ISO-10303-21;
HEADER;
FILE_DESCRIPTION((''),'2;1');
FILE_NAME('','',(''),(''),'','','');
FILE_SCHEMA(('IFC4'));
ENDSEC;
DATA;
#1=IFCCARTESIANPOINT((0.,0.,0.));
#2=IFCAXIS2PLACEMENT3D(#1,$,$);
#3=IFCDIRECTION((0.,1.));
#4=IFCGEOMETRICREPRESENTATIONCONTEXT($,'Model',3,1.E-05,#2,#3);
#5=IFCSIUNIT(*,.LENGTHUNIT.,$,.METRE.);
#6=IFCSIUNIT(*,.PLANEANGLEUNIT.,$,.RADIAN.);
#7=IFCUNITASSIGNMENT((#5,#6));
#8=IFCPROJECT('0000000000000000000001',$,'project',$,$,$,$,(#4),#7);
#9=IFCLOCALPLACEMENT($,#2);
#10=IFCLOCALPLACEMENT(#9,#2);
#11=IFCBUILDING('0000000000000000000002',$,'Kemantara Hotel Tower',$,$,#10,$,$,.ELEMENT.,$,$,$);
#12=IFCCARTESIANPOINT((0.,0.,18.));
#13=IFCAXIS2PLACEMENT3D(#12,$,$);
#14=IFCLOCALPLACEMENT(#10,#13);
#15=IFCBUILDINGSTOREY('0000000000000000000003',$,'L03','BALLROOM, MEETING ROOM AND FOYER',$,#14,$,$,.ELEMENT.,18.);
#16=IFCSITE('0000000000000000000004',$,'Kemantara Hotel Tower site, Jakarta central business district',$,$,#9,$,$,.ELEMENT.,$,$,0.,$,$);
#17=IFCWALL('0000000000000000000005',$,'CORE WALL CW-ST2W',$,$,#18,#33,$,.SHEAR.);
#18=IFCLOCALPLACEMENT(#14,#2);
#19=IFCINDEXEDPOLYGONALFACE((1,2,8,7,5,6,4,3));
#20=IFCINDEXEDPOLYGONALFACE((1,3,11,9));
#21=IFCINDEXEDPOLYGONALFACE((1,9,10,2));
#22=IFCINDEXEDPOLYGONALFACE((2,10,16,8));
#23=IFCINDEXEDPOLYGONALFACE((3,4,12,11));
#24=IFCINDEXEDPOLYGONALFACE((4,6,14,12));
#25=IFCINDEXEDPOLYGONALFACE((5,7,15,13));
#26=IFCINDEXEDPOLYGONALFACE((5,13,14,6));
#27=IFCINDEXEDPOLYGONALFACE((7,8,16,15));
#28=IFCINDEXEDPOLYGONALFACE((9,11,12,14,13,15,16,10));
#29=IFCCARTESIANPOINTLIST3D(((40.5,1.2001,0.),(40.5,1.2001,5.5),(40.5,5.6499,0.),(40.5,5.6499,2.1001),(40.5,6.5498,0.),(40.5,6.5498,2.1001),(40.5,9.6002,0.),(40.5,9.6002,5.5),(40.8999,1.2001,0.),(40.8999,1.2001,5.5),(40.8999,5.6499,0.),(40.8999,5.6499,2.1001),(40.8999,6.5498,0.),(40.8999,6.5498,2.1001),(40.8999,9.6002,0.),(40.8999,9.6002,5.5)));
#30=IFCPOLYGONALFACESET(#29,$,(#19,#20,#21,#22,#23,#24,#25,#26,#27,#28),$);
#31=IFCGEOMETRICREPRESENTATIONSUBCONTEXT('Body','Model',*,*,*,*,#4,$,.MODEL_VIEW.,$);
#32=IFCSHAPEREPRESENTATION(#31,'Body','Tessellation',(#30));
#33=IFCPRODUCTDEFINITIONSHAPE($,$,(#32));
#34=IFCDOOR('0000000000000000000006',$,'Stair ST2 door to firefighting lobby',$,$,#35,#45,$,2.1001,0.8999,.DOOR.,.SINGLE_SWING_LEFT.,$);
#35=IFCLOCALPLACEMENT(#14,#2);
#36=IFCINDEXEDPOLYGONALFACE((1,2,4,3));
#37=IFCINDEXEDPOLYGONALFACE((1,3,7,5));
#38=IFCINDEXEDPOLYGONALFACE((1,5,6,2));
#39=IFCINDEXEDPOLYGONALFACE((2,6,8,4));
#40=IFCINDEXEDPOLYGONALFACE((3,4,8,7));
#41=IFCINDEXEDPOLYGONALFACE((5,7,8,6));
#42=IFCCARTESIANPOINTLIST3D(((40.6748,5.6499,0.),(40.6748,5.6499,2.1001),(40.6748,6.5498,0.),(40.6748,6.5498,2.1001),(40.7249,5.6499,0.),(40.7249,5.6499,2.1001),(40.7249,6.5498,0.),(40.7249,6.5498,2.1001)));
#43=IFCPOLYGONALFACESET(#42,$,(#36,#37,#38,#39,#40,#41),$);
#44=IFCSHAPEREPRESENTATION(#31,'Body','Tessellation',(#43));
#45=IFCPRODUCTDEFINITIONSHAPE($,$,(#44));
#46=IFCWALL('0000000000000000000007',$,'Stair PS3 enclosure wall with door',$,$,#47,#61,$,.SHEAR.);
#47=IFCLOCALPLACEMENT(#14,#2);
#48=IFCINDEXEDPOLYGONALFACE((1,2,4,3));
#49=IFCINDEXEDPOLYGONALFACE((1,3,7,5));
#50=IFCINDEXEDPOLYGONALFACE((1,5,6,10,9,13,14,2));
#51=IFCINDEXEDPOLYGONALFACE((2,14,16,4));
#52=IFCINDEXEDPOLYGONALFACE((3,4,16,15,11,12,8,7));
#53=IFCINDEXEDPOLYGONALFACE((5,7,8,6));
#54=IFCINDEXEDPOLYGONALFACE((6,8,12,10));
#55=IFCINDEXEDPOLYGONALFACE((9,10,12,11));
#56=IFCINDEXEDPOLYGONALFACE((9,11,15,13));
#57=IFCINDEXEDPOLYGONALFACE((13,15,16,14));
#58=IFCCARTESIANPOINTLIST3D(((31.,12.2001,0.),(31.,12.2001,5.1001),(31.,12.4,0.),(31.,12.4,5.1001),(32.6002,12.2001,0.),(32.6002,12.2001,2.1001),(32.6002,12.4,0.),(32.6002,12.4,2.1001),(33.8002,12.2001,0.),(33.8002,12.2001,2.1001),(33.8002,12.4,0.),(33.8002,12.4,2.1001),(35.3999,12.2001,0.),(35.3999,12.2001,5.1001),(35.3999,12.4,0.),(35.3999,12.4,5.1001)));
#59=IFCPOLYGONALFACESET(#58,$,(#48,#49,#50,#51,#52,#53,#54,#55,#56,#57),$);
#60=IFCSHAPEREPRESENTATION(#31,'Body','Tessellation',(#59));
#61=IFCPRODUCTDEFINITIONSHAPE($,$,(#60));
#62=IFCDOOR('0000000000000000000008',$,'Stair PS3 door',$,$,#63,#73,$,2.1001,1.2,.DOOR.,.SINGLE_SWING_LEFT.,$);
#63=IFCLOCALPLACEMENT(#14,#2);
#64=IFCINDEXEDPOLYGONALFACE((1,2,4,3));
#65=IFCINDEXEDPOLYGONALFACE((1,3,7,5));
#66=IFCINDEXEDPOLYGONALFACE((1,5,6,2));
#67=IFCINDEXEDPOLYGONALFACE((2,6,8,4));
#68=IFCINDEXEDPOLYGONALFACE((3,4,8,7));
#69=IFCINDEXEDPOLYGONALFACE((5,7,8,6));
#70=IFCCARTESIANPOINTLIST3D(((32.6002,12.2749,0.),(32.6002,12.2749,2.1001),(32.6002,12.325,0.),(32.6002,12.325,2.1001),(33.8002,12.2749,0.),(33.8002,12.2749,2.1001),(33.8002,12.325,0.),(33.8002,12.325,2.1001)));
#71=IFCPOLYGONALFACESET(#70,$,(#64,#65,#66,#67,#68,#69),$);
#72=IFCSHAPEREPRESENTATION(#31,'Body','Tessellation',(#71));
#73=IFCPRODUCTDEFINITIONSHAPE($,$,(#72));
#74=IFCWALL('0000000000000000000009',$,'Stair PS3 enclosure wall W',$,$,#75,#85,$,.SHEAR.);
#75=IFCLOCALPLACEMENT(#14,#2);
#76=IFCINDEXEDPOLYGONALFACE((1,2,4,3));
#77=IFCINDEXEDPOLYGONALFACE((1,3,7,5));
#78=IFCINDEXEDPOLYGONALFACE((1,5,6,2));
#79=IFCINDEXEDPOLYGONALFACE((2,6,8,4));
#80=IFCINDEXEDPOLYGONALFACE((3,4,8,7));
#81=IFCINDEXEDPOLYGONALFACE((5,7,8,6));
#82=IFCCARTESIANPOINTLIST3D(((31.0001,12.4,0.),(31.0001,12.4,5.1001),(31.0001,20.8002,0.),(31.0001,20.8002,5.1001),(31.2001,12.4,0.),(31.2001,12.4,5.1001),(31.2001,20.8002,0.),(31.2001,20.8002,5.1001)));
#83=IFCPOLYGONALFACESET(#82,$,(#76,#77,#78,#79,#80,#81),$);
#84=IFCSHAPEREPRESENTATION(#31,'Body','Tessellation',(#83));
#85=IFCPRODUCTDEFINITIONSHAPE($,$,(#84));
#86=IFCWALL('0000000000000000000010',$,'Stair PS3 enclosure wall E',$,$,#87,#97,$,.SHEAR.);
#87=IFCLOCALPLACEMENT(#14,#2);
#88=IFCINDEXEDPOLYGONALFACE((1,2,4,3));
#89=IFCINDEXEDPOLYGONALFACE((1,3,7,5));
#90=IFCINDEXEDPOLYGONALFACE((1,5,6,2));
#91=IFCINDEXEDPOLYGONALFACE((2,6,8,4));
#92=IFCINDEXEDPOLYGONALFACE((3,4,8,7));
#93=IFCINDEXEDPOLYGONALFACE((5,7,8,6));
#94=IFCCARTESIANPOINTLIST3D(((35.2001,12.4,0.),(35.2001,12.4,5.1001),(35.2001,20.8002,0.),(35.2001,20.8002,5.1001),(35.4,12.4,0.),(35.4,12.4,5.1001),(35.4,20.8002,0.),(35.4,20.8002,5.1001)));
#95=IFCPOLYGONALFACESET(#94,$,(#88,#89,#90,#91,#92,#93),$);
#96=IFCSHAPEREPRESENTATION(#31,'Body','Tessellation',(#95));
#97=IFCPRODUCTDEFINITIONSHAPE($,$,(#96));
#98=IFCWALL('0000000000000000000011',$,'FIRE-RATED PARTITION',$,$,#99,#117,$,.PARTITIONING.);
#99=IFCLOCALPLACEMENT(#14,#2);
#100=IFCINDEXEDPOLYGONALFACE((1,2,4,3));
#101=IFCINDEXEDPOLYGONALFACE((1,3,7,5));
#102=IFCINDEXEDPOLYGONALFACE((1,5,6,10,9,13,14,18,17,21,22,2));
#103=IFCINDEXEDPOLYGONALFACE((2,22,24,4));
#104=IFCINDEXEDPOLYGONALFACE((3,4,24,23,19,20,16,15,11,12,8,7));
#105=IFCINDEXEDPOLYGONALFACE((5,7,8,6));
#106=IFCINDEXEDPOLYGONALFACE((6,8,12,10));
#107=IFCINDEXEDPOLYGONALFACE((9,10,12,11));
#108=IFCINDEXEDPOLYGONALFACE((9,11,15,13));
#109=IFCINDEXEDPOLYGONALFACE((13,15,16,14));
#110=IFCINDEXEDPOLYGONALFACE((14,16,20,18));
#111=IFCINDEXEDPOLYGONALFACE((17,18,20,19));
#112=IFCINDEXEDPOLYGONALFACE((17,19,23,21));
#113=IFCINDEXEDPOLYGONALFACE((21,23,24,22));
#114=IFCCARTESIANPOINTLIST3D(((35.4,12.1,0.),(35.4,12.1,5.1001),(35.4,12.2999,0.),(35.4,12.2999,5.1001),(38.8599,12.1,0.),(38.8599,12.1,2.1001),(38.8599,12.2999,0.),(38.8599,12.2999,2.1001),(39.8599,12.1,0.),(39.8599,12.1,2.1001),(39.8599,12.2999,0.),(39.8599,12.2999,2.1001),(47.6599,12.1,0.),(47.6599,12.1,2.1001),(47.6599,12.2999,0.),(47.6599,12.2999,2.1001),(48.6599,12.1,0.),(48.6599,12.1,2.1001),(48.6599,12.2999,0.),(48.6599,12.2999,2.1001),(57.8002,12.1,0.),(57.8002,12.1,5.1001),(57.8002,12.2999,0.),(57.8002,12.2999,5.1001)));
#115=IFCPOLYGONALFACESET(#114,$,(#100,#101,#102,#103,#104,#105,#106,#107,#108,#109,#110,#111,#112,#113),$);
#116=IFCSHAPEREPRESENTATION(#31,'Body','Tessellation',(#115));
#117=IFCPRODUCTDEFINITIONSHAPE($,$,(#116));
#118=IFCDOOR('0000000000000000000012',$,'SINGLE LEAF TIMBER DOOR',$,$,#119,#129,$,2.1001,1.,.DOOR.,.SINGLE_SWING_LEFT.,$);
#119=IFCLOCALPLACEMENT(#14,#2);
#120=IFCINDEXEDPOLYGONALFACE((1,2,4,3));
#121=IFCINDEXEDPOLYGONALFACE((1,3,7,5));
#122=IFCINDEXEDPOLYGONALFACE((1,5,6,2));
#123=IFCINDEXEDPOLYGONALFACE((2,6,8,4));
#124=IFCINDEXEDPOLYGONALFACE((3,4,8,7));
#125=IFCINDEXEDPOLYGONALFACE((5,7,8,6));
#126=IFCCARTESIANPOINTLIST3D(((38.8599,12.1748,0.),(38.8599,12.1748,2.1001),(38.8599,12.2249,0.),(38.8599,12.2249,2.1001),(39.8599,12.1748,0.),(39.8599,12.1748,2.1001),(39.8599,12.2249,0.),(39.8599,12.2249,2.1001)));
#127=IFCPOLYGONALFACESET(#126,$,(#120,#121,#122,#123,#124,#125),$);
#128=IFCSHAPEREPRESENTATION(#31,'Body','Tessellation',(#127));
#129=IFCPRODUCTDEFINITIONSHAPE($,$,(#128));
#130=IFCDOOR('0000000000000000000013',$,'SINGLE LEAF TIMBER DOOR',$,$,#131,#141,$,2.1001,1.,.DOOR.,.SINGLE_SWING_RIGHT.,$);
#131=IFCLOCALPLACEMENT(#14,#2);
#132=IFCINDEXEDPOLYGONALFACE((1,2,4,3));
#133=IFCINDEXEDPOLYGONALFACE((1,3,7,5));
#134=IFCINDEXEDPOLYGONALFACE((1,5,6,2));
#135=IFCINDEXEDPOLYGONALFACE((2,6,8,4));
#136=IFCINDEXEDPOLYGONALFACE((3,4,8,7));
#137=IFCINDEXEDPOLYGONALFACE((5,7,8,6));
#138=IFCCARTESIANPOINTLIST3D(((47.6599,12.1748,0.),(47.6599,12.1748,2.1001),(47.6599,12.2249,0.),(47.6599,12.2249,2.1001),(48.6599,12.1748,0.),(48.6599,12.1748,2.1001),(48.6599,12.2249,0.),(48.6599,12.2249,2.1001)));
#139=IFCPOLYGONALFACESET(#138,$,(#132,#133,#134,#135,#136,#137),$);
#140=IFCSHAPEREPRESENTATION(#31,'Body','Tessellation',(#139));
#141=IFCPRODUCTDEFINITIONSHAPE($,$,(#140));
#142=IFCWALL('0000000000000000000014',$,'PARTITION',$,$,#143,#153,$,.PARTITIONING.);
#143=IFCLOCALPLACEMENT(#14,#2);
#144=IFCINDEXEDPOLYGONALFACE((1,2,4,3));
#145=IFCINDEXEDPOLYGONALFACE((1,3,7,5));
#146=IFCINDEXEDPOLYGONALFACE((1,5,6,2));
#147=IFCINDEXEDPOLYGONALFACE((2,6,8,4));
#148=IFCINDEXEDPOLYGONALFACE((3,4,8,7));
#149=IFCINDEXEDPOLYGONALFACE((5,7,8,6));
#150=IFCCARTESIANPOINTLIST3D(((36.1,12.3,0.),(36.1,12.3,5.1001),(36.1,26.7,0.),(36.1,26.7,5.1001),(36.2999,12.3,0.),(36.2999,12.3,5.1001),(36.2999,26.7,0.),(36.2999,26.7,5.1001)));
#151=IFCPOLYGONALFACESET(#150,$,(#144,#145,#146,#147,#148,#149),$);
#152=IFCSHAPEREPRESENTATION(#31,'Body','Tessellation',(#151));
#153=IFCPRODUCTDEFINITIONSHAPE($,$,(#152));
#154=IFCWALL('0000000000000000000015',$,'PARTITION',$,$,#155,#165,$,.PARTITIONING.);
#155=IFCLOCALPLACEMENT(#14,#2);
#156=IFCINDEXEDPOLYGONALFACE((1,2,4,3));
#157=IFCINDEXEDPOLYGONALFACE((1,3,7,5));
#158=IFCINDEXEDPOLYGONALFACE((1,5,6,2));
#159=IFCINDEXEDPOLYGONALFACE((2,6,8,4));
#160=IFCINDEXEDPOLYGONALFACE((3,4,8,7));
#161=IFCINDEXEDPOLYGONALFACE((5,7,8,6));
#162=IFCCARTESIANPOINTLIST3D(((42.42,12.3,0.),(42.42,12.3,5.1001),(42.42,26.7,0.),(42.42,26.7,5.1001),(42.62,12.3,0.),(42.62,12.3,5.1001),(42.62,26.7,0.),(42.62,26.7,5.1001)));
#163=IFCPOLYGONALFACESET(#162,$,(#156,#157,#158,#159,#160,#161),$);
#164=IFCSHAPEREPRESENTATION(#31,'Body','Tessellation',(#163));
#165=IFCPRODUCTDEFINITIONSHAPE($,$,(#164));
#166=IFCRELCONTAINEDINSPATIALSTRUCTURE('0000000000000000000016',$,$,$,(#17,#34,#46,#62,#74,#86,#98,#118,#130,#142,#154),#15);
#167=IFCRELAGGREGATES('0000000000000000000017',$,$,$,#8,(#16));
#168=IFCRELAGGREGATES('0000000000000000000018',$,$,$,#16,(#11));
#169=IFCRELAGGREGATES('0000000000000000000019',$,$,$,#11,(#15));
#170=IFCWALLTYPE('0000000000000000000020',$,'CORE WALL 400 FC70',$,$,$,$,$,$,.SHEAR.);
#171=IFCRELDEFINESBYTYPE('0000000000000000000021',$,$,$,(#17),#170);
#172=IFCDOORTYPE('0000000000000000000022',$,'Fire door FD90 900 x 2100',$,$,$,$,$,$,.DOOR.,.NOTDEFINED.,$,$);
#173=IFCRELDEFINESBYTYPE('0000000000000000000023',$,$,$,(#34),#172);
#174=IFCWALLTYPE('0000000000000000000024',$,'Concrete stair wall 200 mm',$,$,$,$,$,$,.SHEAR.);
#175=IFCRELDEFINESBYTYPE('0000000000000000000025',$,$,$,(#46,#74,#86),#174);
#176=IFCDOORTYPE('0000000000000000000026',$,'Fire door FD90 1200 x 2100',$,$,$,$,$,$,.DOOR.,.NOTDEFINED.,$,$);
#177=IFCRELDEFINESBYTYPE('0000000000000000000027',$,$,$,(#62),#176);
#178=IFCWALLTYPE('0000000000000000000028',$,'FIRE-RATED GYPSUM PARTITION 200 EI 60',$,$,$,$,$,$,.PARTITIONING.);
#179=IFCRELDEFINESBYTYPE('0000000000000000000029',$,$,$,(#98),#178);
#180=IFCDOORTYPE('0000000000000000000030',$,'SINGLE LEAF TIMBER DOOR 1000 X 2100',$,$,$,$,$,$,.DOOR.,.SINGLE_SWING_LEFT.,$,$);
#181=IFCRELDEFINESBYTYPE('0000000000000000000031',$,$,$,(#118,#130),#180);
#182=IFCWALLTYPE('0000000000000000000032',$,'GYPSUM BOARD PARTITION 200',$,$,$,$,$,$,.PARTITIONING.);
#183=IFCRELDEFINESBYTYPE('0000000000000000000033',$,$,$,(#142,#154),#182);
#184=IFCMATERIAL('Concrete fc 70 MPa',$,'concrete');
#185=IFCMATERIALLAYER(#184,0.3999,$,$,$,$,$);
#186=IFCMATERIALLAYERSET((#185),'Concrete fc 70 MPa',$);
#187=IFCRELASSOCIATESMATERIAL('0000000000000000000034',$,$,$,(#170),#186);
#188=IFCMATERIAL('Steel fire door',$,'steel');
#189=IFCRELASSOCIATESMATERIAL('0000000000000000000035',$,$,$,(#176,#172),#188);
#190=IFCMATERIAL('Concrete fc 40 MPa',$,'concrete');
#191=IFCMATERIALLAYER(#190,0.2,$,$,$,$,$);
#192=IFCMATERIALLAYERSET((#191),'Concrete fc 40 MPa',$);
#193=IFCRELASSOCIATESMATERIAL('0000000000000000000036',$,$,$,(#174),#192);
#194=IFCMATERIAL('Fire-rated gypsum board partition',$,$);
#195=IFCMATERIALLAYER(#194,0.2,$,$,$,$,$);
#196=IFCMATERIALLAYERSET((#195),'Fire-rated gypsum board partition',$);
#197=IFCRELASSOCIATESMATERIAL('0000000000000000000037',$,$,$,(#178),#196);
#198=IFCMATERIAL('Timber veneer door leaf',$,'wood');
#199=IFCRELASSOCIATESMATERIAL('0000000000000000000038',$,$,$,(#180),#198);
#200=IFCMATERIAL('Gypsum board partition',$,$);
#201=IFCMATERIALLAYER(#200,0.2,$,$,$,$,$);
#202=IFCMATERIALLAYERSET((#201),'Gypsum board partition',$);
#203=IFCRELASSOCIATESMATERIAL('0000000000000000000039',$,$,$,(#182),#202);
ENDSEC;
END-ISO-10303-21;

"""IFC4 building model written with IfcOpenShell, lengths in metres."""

from ifc_helpers import new_model, si_unit, direction, frame, frame_2d, origin, place, context, subcontext, project, spatial, rectangle, extrude, material, layer, layer_set, type_object, element, fill, save


model = new_model("IFC4")

# Units and contexts
model_context = context("Model", 3, precision=1e-05, world=origin(), true_north=direction((0.0, 1.0)))
body_context = subcontext(model_context, "Body", "Model", "MODEL_VIEW")
ifc_project = project(units=[si_unit("LENGTHUNIT", "METRE"), si_unit("PLANEANGLEUNIT", "RADIAN")], contexts=[model_context])

# Site, building, storey
site_placement = place(None, origin())
site = spatial("IfcSite", under=ifc_project, at=site_placement, Name="Kemantara Hotel Tower site, Jakarta central business district", CompositionType="ELEMENT", RefElevation=0.0)
building_placement = place(site_placement, origin())
building = spatial("IfcBuilding", under=site, at=building_placement, Name="Kemantara Hotel Tower", CompositionType="ELEMENT")
storey_placement = place(building_placement, frame((0.0, 0.0, 18.0)))
storey = spatial("IfcBuildingStorey", under=building, at=storey_placement, Name="L03", Description="BALLROOM, MEETING ROOM AND FOYER", CompositionType="ELEMENT", Elevation=18.0)

# Shared definitions
ifc_material_1 = material(Name="Concrete fc 70 MPa", Category="concrete")

# Walls, openings, doors
ifc_layer_1 = layer(ifc_material_1, 0.3999)
ifc_layer_set_1 = layer_set([ifc_layer_1], Name="Concrete fc 70 MPa")
wall_type_1 = type_object("IfcWallType", Name="CORE WALL 400 FC70", PredefinedType="SHEAR", material=ifc_layer_set_1)
ifc_material_2 = material(Name="Steel fire door", Category="steel")
door_type_1 = type_object("IfcDoorType", Name="Fire door FD90 1200 x 2100", OperationType="NOTDEFINED", PredefinedType="DOOR", material=ifc_material_2)
wall_1_placement = place(storey_placement, frame((40.7, 1.2, 0.0), z_axis=(0.0, 0.0, 1.0), x_axis=(0.0, 1.0, 0.0)))
wall_1 = element("IfcWall", 1, at=wall_1_placement, inside=storey, type_object=wall_type_1, Name="CORE WALL CW-ST2W", PredefinedType="SHEAR", context=body_context, shape_type="SweptSolid", body=[
    extrude(rectangle(XDim=8.4001, YDim=0.3999, at=frame_2d((4.2002, 0.0))), origin(), (0.0, 0.0, 1.0), 5.5),
])
opening_1_placement = place(wall_1_placement, frame((4.45, 0.0, 0.0)))
opening_1 = element("IfcOpeningElement", 2, at=opening_1_placement, cuts=wall_1, PredefinedType="OPENING", context=body_context, shape_type="SweptSolid", body=[
    extrude(rectangle(XDim=0.8999, YDim=2.1001, at=frame_2d((0.45, 1.05))), frame((0.0, 0.21, 0.0), z_axis=(0.0, -1.0, 0.0), x_axis=(1.0, 0.0, 0.0)), (0.0, 0.0, 1.0), 0.4199),
])
door_type_2 = type_object("IfcDoorType", Name="Fire door FD90 900 x 2100", OperationType="NOTDEFINED", PredefinedType="DOOR", material=ifc_material_2)
door_1_placement = place(opening_1_placement, frame((0.8999, 0.0, 0.0), z_axis=(0.0, 0.0, 1.0), x_axis=(-1.0, 0.0, 0.0)))
door_1 = element("IfcDoor", 3, at=door_1_placement, inside=storey, type_object=door_type_2, Name="Stair ST2 door to firefighting lobby", OperationType="SINGLE_SWING_LEFT", OverallHeight=2.1001, OverallWidth=0.8999, PredefinedType="DOOR", context=body_context, shape_type="SweptSolid", body=[
    extrude(rectangle(XDim=0.8999, YDim=2.1001, at=frame_2d((0.45, 1.05))), frame((0.0, 0.0249, 0.0), z_axis=(0.0, -1.0, 0.0), x_axis=(1.0, 0.0, 0.0)), (0.0, 0.0, 1.0), 0.05),
])
fill(opening_1, door_1)
ifc_material_3 = material(Name="Concrete fc 40 MPa", Category="concrete")
ifc_layer_2 = layer(ifc_material_3, 0.2)
ifc_layer_set_2 = layer_set([ifc_layer_2], Name="Concrete fc 40 MPa")
wall_type_2 = type_object("IfcWallType", Name="Concrete stair wall 200 mm", PredefinedType="SHEAR", material=ifc_layer_set_2)
wall_2_placement = place(storey_placement, frame((31.0, 12.3, 0.0), z_axis=(0.0, 0.0, 1.0), x_axis=(1.0, 0.0, 0.0)))
wall_2 = element("IfcWall", 4, at=wall_2_placement, inside=storey, type_object=wall_type_2, Name="Stair PS3 enclosure wall with door", PredefinedType="SHEAR", context=body_context, shape_type="SweptSolid", body=[
    extrude(rectangle(XDim=4.3999, YDim=0.2, at=frame_2d((2.2, 0.0))), origin(), (0.0, 0.0, 1.0), 5.1001),
])
opening_2_placement = place(wall_2_placement, frame((1.6001, 0.0, 0.0)))
opening_2 = element("IfcOpeningElement", 5, at=opening_2_placement, cuts=wall_2, PredefinedType="OPENING", context=body_context, shape_type="SweptSolid", body=[
    extrude(rectangle(XDim=1.2, YDim=2.1001, at=frame_2d((0.6001, 1.05))), frame((0.0, 0.1099, 0.0), z_axis=(0.0, -1.0, 0.0), x_axis=(1.0, 0.0, 0.0)), (0.0, 0.0, 1.0), 0.22),
])
door_2_placement = place(opening_2_placement, origin())
door_2 = element("IfcDoor", 6, at=door_2_placement, inside=storey, type_object=door_type_1, Name="Stair PS3 door", OperationType="SINGLE_SWING_LEFT", OverallHeight=2.1001, OverallWidth=1.2, PredefinedType="DOOR", context=body_context, shape_type="SweptSolid", body=[
    extrude(rectangle(XDim=1.2, YDim=2.1001, at=frame_2d((0.6001, 1.05))), frame((0.0, 0.0249, 0.0), z_axis=(0.0, -1.0, 0.0), x_axis=(1.0, 0.0, 0.0)), (0.0, 0.0, 1.0), 0.05),
])
fill(opening_2, door_2)

# Walls
for number, where, z_axis, x_axis, name in (
    (7, (31.1001, 12.3999, 0.0), (0.0, 0.0, 1.0), (0.0, 1.0, 0.0), "Stair PS3 enclosure wall W"),
    (8, (35.3, 12.3999, 0.0), (0.0, 0.0, 1.0), (0.0, 1.0, 0.0), "Stair PS3 enclosure wall E"),
):
    element("IfcWall", number, at=place(storey_placement, frame(where, z_axis=z_axis, x_axis=x_axis)), inside=storey, type_object=wall_type_2, Name=name, PredefinedType="SHEAR", context=body_context, shape_type="SweptSolid", body=[
        extrude(rectangle(XDim=8.4001, YDim=0.2, at=frame_2d((4.2002, 0.0))), origin(), (0.0, 0.0, 1.0), 5.1001),
    ])

# Wall, openings, doors
ifc_material_4 = material(Name="Fire-rated gypsum board partition")
ifc_layer_3 = layer(ifc_material_4, 0.2)
ifc_layer_set_3 = layer_set([ifc_layer_3], Name="Fire-rated gypsum board partition")
wall_type_3 = type_object("IfcWallType", Name="FIRE-RATED GYPSUM PARTITION 200 EI 60", PredefinedType="PARTITIONING", material=ifc_layer_set_3)
wall_3_placement = place(storey_placement, frame((35.3999, 12.2, 0.0), z_axis=(0.0, 0.0, 1.0), x_axis=(1.0, 0.0, 0.0)))
wall_3 = element("IfcWall", 9, at=wall_3_placement, inside=storey, type_object=wall_type_3, Name="FIRE-RATED PARTITION", PredefinedType="PARTITIONING", context=body_context, shape_type="SweptSolid", body=[
    extrude(rectangle(XDim=22.4001, YDim=0.2, at=frame_2d((11.2002, 0.0))), origin(), (0.0, 0.0, 1.0), 5.1001),
])
opening_3_placement = place(wall_3_placement, frame((3.46, 0.0, 0.0)))
opening_3 = element("IfcOpeningElement", 10, at=opening_3_placement, cuts=wall_3, PredefinedType="OPENING", context=body_context, shape_type="SweptSolid", body=[
    extrude(rectangle(XDim=1.0, YDim=2.1001, at=frame_2d((0.5, 1.05))), frame((0.0, 0.1099, 0.0), z_axis=(0.0, -1.0, 0.0), x_axis=(1.0, 0.0, 0.0)), (0.0, 0.0, 1.0), 0.22),
])
opening_4_placement = place(wall_3_placement, frame((12.26, 0.0, 0.0)))
opening_4 = element("IfcOpeningElement", 11, at=opening_4_placement, cuts=wall_3, PredefinedType="OPENING", context=body_context, shape_type="SweptSolid", body=[
    extrude(rectangle(XDim=1.0, YDim=2.1001, at=frame_2d((0.5, 1.05))), frame((0.0, 0.1099, 0.0), z_axis=(0.0, -1.0, 0.0), x_axis=(1.0, 0.0, 0.0)), (0.0, 0.0, 1.0), 0.22),
])
ifc_material_5 = material(Name="Timber veneer door leaf", Category="wood")
door_type_3 = type_object("IfcDoorType", Name="SINGLE LEAF TIMBER DOOR 1000 X 2100", OperationType="SINGLE_SWING_LEFT", PredefinedType="DOOR", material=ifc_material_5)
door_3_placement = place(opening_3_placement, origin())
door_3 = element("IfcDoor", 12, at=door_3_placement, inside=storey, type_object=door_type_3, Name="SINGLE LEAF TIMBER DOOR", OperationType="SINGLE_SWING_LEFT", OverallHeight=2.1001, OverallWidth=1.0, PredefinedType="DOOR", context=body_context, shape_type="SweptSolid", body=[
    extrude(rectangle(XDim=1.0, YDim=2.1001, at=frame_2d((0.5, 1.05))), frame((0.0, 0.0249, 0.0), z_axis=(0.0, -1.0, 0.0), x_axis=(1.0, 0.0, 0.0)), (0.0, 0.0, 1.0), 0.05),
])
fill(opening_3, door_3)
door_4_placement = place(opening_4_placement, origin())
door_4 = element("IfcDoor", 13, at=door_4_placement, inside=storey, type_object=door_type_3, Name="SINGLE LEAF TIMBER DOOR", OperationType="SINGLE_SWING_RIGHT", OverallHeight=2.1001, OverallWidth=1.0, PredefinedType="DOOR", context=body_context, shape_type="SweptSolid", body=[
    extrude(rectangle(XDim=1.0, YDim=2.1001, at=frame_2d((0.5, 1.05))), frame((0.0, 0.0249, 0.0), z_axis=(0.0, -1.0, 0.0), x_axis=(1.0, 0.0, 0.0)), (0.0, 0.0, 1.0), 0.05),
])
fill(opening_4, door_4)

# Walls
ifc_material_6 = material(Name="Gypsum board partition")
ifc_layer_4 = layer(ifc_material_6, 0.2)
ifc_layer_set_4 = layer_set([ifc_layer_4], Name="Gypsum board partition")
wall_type_4 = type_object("IfcWallType", Name="GYPSUM BOARD PARTITION 200", PredefinedType="PARTITIONING", material=ifc_layer_set_4)
for number, where, z_axis, x_axis, name in (
    (14, (36.2, 12.3, 0.0), (0.0, 0.0, 1.0), (0.0, 1.0, 0.0), "PARTITION"),
    (15, (42.52, 12.3, 0.0), (0.0, 0.0, 1.0), (0.0, 1.0, 0.0), "PARTITION"),
):
    element("IfcWall", number, at=place(storey_placement, frame(where, z_axis=z_axis, x_axis=x_axis)), inside=storey, type_object=wall_type_4, Name=name, PredefinedType="PARTITIONING", context=body_context, shape_type="SweptSolid", body=[
        extrude(rectangle(XDim=14.3999, YDim=0.2, at=frame_2d((7.2, 0.0))), origin(), (0.0, 0.0, 1.0), 5.1001),
    ])

save(model, "model.ifc")
